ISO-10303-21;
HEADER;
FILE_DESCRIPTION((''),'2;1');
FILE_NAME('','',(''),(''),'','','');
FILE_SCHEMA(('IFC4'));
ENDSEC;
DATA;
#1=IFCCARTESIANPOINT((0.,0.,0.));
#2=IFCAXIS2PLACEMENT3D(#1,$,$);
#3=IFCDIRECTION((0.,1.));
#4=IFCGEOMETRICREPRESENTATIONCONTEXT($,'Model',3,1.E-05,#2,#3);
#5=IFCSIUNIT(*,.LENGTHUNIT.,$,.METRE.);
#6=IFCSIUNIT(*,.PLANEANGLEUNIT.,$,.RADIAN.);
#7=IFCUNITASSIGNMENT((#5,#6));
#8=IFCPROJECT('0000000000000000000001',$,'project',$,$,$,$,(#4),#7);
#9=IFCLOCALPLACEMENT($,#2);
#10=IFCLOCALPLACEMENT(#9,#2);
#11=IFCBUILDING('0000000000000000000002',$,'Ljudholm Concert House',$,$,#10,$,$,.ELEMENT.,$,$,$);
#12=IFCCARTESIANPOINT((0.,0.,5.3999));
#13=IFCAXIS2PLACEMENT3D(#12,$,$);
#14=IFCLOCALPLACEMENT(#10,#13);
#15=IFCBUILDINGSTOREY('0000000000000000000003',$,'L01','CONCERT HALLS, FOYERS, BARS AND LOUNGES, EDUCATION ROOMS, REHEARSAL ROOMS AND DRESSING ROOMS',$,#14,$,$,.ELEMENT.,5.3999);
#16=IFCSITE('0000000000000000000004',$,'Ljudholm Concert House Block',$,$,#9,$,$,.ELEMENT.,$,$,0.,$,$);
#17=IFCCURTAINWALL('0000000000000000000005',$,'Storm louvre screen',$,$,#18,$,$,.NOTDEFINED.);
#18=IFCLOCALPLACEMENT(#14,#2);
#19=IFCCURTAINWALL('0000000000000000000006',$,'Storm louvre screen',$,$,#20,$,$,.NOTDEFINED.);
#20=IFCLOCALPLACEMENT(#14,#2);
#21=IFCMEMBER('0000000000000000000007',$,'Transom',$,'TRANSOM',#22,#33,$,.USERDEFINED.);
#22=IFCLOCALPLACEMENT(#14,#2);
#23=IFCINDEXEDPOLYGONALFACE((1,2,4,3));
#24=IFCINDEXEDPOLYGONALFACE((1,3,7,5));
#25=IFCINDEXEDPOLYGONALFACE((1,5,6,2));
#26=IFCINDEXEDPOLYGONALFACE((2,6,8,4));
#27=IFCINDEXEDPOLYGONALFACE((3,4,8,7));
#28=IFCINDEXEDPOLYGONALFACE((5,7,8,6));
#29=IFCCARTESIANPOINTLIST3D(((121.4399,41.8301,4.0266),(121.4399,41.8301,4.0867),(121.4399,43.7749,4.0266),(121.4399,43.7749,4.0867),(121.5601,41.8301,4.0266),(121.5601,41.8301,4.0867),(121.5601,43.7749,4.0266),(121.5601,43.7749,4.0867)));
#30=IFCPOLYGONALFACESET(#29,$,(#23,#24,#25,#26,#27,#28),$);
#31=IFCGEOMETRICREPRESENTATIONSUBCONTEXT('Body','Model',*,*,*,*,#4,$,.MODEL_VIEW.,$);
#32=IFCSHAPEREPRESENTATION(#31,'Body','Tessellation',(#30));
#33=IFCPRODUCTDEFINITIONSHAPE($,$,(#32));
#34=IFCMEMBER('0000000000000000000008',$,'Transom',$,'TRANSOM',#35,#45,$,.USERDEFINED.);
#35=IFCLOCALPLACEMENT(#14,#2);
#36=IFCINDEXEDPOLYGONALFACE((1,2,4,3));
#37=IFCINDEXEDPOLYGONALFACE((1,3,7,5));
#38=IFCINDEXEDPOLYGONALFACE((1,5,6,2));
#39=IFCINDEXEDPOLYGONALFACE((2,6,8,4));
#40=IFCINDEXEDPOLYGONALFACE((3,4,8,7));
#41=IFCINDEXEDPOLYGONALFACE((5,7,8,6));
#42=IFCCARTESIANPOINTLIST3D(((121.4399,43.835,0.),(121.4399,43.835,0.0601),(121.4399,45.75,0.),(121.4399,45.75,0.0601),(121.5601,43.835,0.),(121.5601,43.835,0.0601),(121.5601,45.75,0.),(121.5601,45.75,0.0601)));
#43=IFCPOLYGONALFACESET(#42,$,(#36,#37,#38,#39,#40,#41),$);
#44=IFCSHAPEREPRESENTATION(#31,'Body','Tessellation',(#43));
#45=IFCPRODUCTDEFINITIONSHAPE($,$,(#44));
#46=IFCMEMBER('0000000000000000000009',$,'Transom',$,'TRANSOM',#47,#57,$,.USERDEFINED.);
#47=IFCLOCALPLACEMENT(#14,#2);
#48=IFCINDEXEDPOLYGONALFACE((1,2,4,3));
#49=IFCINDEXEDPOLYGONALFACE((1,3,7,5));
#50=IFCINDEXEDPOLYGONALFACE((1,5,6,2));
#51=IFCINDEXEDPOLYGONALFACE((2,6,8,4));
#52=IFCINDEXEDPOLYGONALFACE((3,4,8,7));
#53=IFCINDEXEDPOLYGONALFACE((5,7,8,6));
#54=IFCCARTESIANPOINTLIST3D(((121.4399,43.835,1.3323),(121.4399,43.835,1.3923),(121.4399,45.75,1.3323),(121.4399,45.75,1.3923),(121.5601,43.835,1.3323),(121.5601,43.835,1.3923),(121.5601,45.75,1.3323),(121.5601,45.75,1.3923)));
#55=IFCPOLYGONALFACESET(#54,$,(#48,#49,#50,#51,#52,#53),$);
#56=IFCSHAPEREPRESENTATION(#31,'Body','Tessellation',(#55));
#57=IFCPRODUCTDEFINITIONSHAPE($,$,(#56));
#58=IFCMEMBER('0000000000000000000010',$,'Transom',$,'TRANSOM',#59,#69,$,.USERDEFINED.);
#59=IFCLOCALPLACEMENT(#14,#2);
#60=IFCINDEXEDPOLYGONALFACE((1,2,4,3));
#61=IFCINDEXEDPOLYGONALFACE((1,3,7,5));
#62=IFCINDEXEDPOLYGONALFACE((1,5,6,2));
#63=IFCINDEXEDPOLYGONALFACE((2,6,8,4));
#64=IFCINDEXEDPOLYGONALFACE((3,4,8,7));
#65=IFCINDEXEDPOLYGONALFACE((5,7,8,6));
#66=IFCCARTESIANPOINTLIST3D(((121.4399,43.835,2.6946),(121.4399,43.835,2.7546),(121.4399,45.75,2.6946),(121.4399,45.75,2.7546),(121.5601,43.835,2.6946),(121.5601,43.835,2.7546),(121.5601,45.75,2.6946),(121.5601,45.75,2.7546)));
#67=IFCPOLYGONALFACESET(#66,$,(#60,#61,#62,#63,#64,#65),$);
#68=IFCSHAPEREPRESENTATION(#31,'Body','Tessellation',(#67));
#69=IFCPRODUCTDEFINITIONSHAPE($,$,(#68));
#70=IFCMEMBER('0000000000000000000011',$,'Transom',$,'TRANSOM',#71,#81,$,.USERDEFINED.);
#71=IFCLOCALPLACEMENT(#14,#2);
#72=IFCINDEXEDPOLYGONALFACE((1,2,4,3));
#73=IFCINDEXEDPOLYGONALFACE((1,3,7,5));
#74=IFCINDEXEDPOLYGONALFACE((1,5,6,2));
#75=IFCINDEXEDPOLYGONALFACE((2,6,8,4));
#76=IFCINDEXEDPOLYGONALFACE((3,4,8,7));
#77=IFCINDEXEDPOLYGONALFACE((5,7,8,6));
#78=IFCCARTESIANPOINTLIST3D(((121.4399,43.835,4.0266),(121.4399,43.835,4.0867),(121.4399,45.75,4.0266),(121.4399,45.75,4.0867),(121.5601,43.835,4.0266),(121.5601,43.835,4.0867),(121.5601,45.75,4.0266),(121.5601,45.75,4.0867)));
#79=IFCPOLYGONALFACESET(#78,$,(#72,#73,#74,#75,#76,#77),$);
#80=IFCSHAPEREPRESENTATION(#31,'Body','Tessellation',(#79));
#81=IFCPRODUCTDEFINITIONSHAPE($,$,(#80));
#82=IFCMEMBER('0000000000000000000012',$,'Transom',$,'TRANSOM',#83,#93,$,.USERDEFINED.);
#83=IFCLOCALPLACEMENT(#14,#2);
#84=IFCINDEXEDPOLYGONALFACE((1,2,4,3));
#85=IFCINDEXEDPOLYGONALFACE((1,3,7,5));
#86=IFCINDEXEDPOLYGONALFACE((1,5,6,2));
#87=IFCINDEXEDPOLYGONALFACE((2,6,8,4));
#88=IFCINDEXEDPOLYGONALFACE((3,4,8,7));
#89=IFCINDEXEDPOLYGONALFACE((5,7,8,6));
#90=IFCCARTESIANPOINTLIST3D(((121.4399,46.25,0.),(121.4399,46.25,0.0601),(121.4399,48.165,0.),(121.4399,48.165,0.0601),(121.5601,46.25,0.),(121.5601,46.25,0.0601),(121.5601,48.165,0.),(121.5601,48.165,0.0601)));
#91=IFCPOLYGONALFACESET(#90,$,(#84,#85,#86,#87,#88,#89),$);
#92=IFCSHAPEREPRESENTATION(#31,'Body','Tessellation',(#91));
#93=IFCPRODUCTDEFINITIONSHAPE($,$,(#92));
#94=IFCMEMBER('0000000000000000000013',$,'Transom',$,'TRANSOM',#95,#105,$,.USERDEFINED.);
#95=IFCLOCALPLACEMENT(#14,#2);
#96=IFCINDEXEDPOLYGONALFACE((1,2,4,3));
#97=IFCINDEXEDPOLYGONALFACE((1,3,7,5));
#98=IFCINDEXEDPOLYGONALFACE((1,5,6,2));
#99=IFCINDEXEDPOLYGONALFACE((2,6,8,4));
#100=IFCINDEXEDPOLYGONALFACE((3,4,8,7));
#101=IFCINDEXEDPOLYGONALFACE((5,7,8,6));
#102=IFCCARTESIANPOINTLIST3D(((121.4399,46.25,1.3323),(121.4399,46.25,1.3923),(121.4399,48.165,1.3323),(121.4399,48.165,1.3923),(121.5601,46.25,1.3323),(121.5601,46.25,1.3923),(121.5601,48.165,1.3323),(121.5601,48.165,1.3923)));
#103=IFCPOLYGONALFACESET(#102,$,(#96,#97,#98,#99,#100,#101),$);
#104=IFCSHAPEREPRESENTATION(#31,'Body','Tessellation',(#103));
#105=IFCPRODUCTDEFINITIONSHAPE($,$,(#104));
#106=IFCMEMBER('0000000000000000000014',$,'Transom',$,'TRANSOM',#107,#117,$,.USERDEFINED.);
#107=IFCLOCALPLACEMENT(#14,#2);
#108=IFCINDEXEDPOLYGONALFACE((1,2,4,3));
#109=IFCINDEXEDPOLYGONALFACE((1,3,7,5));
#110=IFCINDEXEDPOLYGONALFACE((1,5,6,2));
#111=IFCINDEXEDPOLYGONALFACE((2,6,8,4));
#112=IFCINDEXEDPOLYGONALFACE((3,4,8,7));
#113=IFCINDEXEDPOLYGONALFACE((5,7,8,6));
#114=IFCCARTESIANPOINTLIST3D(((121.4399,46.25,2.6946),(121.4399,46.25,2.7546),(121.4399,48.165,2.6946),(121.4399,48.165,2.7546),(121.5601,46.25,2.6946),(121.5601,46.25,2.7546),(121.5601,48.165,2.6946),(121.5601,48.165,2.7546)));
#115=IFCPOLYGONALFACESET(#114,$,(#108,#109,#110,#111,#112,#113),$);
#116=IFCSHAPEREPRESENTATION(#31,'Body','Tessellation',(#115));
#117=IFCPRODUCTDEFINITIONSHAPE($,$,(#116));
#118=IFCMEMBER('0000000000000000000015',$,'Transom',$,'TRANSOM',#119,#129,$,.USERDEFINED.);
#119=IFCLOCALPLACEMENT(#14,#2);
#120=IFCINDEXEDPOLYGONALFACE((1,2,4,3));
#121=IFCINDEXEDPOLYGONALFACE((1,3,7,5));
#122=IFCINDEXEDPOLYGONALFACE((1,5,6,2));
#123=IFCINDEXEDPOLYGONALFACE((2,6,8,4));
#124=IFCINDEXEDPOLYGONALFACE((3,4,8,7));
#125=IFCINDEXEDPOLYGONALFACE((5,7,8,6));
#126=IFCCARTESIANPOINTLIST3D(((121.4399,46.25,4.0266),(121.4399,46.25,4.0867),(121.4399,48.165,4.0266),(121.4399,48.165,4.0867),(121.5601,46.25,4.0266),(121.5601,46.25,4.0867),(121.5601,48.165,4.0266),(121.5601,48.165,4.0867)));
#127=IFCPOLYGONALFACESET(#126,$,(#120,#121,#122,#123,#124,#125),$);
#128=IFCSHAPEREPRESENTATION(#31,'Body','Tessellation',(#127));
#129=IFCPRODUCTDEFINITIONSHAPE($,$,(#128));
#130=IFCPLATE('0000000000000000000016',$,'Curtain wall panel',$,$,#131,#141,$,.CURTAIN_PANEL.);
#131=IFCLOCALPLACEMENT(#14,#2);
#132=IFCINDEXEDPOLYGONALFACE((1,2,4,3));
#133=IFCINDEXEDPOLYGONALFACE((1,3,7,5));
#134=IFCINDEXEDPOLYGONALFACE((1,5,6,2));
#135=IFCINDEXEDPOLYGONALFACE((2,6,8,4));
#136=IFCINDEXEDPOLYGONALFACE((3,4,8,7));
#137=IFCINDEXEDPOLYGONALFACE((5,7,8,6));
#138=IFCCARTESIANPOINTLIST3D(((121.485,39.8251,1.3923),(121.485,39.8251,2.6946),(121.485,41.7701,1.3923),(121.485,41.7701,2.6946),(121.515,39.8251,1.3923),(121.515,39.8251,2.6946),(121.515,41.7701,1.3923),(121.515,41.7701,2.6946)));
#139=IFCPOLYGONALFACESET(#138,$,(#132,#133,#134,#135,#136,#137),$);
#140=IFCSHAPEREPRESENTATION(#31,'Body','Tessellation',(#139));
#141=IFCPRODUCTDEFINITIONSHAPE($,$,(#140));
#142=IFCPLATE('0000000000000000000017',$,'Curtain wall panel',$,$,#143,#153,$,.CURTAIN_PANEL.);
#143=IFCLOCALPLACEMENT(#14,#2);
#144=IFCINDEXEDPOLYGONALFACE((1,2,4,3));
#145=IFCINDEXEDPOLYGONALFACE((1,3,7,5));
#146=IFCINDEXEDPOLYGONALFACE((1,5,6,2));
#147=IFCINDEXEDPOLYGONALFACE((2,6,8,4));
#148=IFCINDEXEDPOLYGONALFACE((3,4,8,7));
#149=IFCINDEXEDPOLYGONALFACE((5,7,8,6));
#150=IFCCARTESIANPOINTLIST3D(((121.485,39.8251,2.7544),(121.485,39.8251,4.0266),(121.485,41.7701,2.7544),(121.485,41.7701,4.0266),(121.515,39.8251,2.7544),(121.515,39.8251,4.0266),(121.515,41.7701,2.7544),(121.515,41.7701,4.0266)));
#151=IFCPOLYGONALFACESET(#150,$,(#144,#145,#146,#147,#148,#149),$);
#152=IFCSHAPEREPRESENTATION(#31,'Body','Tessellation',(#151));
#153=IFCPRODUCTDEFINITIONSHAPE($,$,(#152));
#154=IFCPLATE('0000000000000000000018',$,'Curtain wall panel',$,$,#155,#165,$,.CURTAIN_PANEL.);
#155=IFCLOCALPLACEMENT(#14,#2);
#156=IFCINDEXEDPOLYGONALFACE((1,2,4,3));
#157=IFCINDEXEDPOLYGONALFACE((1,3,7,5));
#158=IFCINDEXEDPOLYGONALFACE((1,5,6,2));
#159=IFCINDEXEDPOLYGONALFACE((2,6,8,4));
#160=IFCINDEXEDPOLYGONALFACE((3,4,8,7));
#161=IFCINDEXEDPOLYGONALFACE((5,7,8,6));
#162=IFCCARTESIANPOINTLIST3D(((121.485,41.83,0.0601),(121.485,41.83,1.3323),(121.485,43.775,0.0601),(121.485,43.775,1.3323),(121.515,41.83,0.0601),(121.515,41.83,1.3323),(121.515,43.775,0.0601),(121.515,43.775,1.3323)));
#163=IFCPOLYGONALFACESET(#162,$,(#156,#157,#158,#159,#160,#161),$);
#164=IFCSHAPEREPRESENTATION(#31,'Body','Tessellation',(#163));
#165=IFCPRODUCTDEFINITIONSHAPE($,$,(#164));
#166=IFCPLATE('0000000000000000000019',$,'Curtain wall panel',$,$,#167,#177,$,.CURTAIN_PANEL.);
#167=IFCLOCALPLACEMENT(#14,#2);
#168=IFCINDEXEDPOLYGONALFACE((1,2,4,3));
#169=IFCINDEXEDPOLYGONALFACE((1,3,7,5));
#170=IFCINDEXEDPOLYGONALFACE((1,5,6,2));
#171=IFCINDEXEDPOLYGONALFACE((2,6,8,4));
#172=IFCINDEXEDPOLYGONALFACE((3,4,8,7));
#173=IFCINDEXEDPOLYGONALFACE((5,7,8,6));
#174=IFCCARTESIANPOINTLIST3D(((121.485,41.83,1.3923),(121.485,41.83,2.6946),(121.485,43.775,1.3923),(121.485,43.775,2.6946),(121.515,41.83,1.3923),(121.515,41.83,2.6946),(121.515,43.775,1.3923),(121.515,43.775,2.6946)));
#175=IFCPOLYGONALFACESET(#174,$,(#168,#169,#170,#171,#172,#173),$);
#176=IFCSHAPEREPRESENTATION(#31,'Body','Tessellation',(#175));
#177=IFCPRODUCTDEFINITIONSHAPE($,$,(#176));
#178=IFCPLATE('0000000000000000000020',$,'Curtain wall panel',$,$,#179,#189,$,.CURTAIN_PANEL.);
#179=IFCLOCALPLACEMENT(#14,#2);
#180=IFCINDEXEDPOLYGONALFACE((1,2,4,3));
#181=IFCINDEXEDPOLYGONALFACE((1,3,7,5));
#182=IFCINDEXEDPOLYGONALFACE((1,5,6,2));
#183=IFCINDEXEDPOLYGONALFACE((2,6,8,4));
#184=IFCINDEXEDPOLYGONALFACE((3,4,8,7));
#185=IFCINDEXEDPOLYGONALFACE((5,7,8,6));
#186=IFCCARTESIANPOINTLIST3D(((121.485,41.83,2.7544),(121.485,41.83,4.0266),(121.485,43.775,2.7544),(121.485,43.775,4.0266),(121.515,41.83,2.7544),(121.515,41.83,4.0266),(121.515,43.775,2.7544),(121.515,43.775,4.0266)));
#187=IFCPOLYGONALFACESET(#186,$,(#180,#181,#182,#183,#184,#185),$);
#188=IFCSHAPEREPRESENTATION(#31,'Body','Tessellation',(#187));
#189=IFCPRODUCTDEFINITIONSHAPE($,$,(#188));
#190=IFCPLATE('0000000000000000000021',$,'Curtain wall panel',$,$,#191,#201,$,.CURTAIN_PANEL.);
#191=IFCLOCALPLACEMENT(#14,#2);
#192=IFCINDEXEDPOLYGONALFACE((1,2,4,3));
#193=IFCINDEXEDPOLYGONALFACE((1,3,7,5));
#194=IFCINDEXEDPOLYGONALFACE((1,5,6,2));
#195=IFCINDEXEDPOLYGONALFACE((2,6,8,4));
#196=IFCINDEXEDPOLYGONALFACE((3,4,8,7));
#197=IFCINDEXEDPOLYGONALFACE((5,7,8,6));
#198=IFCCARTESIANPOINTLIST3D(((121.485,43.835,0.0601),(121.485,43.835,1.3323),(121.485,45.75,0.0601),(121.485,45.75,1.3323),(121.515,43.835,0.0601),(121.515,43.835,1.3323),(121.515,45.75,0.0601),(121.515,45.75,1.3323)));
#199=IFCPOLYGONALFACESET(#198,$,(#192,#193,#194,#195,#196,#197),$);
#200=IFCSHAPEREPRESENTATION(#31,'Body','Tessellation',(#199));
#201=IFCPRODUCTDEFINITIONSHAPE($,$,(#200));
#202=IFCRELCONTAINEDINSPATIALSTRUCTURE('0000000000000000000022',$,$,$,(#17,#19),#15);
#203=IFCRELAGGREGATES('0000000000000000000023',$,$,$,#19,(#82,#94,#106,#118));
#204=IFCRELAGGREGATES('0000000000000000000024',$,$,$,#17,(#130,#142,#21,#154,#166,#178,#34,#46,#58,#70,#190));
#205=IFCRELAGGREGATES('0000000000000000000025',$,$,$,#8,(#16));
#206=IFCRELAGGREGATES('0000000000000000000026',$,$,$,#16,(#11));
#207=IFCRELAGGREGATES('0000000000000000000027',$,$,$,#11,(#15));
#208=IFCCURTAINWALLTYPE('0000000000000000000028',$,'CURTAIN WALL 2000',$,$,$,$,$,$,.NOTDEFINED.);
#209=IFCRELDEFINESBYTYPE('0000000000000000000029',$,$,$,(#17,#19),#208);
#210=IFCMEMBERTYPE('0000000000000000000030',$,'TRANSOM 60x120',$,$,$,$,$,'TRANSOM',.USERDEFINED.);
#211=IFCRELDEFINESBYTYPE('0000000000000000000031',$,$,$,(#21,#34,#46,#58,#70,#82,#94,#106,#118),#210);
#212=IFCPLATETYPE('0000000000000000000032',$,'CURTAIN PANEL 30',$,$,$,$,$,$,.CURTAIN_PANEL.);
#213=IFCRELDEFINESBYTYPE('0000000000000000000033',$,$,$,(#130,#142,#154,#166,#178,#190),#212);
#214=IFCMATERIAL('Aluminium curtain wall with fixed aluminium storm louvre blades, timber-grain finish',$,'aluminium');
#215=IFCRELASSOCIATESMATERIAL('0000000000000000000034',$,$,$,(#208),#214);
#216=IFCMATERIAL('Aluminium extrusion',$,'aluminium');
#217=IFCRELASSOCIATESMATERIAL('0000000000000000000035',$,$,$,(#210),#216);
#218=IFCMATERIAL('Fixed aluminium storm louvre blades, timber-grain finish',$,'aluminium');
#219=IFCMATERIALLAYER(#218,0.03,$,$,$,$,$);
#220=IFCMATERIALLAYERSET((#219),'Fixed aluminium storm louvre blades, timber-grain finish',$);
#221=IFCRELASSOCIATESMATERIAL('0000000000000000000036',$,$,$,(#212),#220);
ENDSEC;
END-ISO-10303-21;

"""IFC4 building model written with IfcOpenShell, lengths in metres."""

from ifc_helpers import new_model, si_unit, direction, frame, origin, origin_2d, place, context, subcontext, project, spatial, rectangle, extrude, material, layer, layer_set, material_profile, profile_set, type_object, element, aggregate, save


model = new_model("IFC4")

# Units and contexts
model_context = context("Model", 3, precision=1e-05, world=origin(), true_north=direction((0.0, 1.0)))
body_context = subcontext(model_context, "Body", "Model", "MODEL_VIEW")
ifc_project = project(units=[si_unit("LENGTHUNIT", "METRE"), si_unit("PLANEANGLEUNIT", "RADIAN")], contexts=[model_context])

# Site, building, storey
site_placement = place(None, origin())
site = spatial("IfcSite", under=ifc_project, at=site_placement, Name="Ljudholm Concert House Block", CompositionType="ELEMENT", RefElevation=0.0)
building_placement = place(site_placement, origin())
building = spatial("IfcBuilding", under=site, at=building_placement, Name="Ljudholm Concert House", CompositionType="ELEMENT")
storey_placement = place(building_placement, frame((0.0, 0.0, 5.3999)))
storey = spatial("IfcBuildingStorey", under=building, at=storey_placement, Name="L01", Description="CONCERT HALLS, FOYERS, BARS AND LOUNGES, EDUCATION ROOMS, REHEARSAL ROOMS AND DRESSING ROOMS", CompositionType="ELEMENT", Elevation=5.3999)

# Curtain wall
ifc_material_1 = material(Name="Aluminium curtain wall with fixed aluminium storm louvre blades, timber-grain finish", Category="aluminium")
curtain_wall_type = type_object("IfcCurtainWallType", Name="CURTAIN WALL 2000", PredefinedType="NOTDEFINED", material=ifc_material_1)
curtain_wall_1_placement = place(storey_placement, origin())
curtain_wall_1 = element("IfcCurtainWall", 1, at=curtain_wall_1_placement, inside=storey, type_object=curtain_wall_type, Name="Storm louvre screen", PredefinedType="NOTDEFINED")

# Curtain wall
curtain_wall_2_placement = place(storey_placement, origin())
curtain_wall_2 = element("IfcCurtainWall", 2, at=curtain_wall_2_placement, inside=storey, type_object=curtain_wall_type, Name="Storm louvre screen", PredefinedType="NOTDEFINED")

# Members
ifc_material_2 = material(Name="Aluminium extrusion", Category="aluminium")
ifc_material_profile_1 = material_profile(ifc_material_2, rectangle(XDim=0.1201, YDim=0.0601, at=origin_2d()), Name="TRANSOM 60x120")
ifc_profile_set_1 = profile_set([ifc_material_profile_1], Name="Aluminium extrusion")
member_type_1 = type_object("IfcMemberType", Name="TRANSOM 60x120", ElementType="TRANSOM", PredefinedType="USERDEFINED", material=ifc_profile_set_1)
member_1_placement = place(storey_placement, frame((121.5, 41.8301, 4.0566), z_axis=(0.0, 1.0, 0.0), x_axis=(-1.0, 0.0, 0.0)))
member_1 = element("IfcMember", 3, at=member_1_placement, type_object=member_type_1, Name="Transom", ObjectType="TRANSOM", PredefinedType="USERDEFINED", context=body_context, shape_type="SweptSolid", body=[
    extrude(rectangle(XDim=0.1201, YDim=0.0601, at=origin_2d()), origin(), (0.0, 0.0, 1.0), 1.9448),
])
member_2_placement = place(storey_placement, frame((121.5, 43.835, 0.03), z_axis=(0.0, 1.0, 0.0), x_axis=(-1.0, 0.0, 0.0)))
member_2 = element("IfcMember", 4, at=member_2_placement, type_object=member_type_1, Name="Transom", ObjectType="TRANSOM", PredefinedType="USERDEFINED", context=body_context, shape_type="SweptSolid", body=[
    extrude(rectangle(XDim=0.1201, YDim=0.0601, at=origin_2d()), origin(), (0.0, 0.0, 1.0), 1.915),
])
member_3_placement = place(storey_placement, frame((121.5, 43.835, 1.3623), z_axis=(0.0, 1.0, 0.0), x_axis=(-1.0, 0.0, 0.0)))
member_3 = element("IfcMember", 5, at=member_3_placement, type_object=member_type_1, Name="Transom", ObjectType="TRANSOM", PredefinedType="USERDEFINED", context=body_context, shape_type="SweptSolid", body=[
    extrude(rectangle(XDim=0.1201, YDim=0.0601, at=origin_2d()), origin(), (0.0, 0.0, 1.0), 1.915),
])
member_4_placement = place(storey_placement, frame((121.5, 43.835, 2.7246), z_axis=(0.0, 1.0, 0.0), x_axis=(-1.0, 0.0, 0.0)))
member_4 = element("IfcMember", 6, at=member_4_placement, type_object=member_type_1, Name="Transom", ObjectType="TRANSOM", PredefinedType="USERDEFINED", context=body_context, shape_type="SweptSolid", body=[
    extrude(rectangle(XDim=0.1201, YDim=0.0601, at=origin_2d()), origin(), (0.0, 0.0, 1.0), 1.915),
])
member_5_placement = place(storey_placement, frame((121.5, 43.835, 4.0566), z_axis=(0.0, 1.0, 0.0), x_axis=(-1.0, 0.0, 0.0)))
member_5 = element("IfcMember", 7, at=member_5_placement, type_object=member_type_1, Name="Transom", ObjectType="TRANSOM", PredefinedType="USERDEFINED", context=body_context, shape_type="SweptSolid", body=[
    extrude(rectangle(XDim=0.1201, YDim=0.0601, at=origin_2d()), origin(), (0.0, 0.0, 1.0), 1.915),
])
member_6_placement = place(storey_placement, frame((121.5, 46.25, 0.03), z_axis=(0.0, 1.0, 0.0), x_axis=(-1.0, 0.0, 0.0)))
member_6 = element("IfcMember", 8, at=member_6_placement, type_object=member_type_1, Name="Transom", ObjectType="TRANSOM", PredefinedType="USERDEFINED", context=body_context, shape_type="SweptSolid", body=[
    extrude(rectangle(XDim=0.1201, YDim=0.0601, at=origin_2d()), origin(), (0.0, 0.0, 1.0), 1.915),
])
member_7_placement = place(storey_placement, frame((121.5, 46.25, 1.3623), z_axis=(0.0, 1.0, 0.0), x_axis=(-1.0, 0.0, 0.0)))
member_7 = element("IfcMember", 9, at=member_7_placement, type_object=member_type_1, Name="Transom", ObjectType="TRANSOM", PredefinedType="USERDEFINED", context=body_context, shape_type="SweptSolid", body=[
    extrude(rectangle(XDim=0.1201, YDim=0.0601, at=origin_2d()), origin(), (0.0, 0.0, 1.0), 1.915),
])
member_8_placement = place(storey_placement, frame((121.5, 46.25, 2.7246), z_axis=(0.0, 1.0, 0.0), x_axis=(-1.0, 0.0, 0.0)))
member_8 = element("IfcMember", 10, at=member_8_placement, type_object=member_type_1, Name="Transom", ObjectType="TRANSOM", PredefinedType="USERDEFINED", context=body_context, shape_type="SweptSolid", body=[
    extrude(rectangle(XDim=0.1201, YDim=0.0601, at=origin_2d()), origin(), (0.0, 0.0, 1.0), 1.915),
])
member_9_placement = place(storey_placement, frame((121.5, 46.25, 4.0566), z_axis=(0.0, 1.0, 0.0), x_axis=(-1.0, 0.0, 0.0)))
member_9 = element("IfcMember", 11, at=member_9_placement, type_object=member_type_1, Name="Transom", ObjectType="TRANSOM", PredefinedType="USERDEFINED", context=body_context, shape_type="SweptSolid", body=[
    extrude(rectangle(XDim=0.1201, YDim=0.0601, at=origin_2d()), origin(), (0.0, 0.0, 1.0), 1.915),
])
aggregate(curtain_wall_2, [member_6, member_7, member_8, member_9])

# Plates
ifc_material_3 = material(Name="Fixed aluminium storm louvre blades, timber-grain finish", Category="aluminium")
ifc_layer_1 = layer(ifc_material_3, 0.03)
ifc_layer_set_1 = layer_set([ifc_layer_1], Name="Fixed aluminium storm louvre blades, timber-grain finish")
plate_type = type_object("IfcPlateType", Name="CURTAIN PANEL 30", PredefinedType="CURTAIN_PANEL", material=ifc_layer_set_1)
plate_1_placement = place(storey_placement, frame((121.5, 40.7976, 1.3923), z_axis=(0.0, 0.0, 1.0), x_axis=(0.0, 1.0, 0.0)))
plate_1 = element("IfcPlate", 12, at=plate_1_placement, type_object=plate_type, Name="Curtain wall panel", PredefinedType="CURTAIN_PANEL", context=body_context, shape_type="SweptSolid", body=[
    extrude(rectangle(XDim=1.9451, YDim=0.03, at=origin_2d()), origin(), (0.0, 0.0, 1.0), 1.3022),
])
plate_2_placement = place(storey_placement, frame((121.5, 40.7976, 2.7544), z_axis=(0.0, 0.0, 1.0), x_axis=(0.0, 1.0, 0.0)))
plate_2 = element("IfcPlate", 13, at=plate_2_placement, type_object=plate_type, Name="Curtain wall panel", PredefinedType="CURTAIN_PANEL", context=body_context, shape_type="SweptSolid", body=[
    extrude(rectangle(XDim=1.9451, YDim=0.03, at=origin_2d()), origin(), (0.0, 0.0, 1.0), 1.2722),
])
plate_3_placement = place(storey_placement, frame((121.5, 42.8025, 0.0601), z_axis=(0.0, 0.0, 1.0), x_axis=(0.0, 1.0, 0.0)))
plate_3 = element("IfcPlate", 14, at=plate_3_placement, type_object=plate_type, Name="Curtain wall panel", PredefinedType="CURTAIN_PANEL", context=body_context, shape_type="SweptSolid", body=[
    extrude(rectangle(XDim=1.9451, YDim=0.03, at=origin_2d()), origin(), (0.0, 0.0, 1.0), 1.2722),
])
plate_4_placement = place(storey_placement, frame((121.5, 42.8025, 1.3923), z_axis=(0.0, 0.0, 1.0), x_axis=(0.0, 1.0, 0.0)))
plate_4 = element("IfcPlate", 15, at=plate_4_placement, type_object=plate_type, Name="Curtain wall panel", PredefinedType="CURTAIN_PANEL", context=body_context, shape_type="SweptSolid", body=[
    extrude(rectangle(XDim=1.9451, YDim=0.03, at=origin_2d()), origin(), (0.0, 0.0, 1.0), 1.3022),
])
plate_5_placement = place(storey_placement, frame((121.5, 42.8025, 2.7544), z_axis=(0.0, 0.0, 1.0), x_axis=(0.0, 1.0, 0.0)))
plate_5 = element("IfcPlate", 16, at=plate_5_placement, type_object=plate_type, Name="Curtain wall panel", PredefinedType="CURTAIN_PANEL", context=body_context, shape_type="SweptSolid", body=[
    extrude(rectangle(XDim=1.9451, YDim=0.03, at=origin_2d()), origin(), (0.0, 0.0, 1.0), 1.2722),
])
plate_6_placement = place(storey_placement, frame((121.5, 44.7925, 0.0601), z_axis=(0.0, 0.0, 1.0), x_axis=(0.0, 1.0, 0.0)))
plate_6 = element("IfcPlate", 17, at=plate_6_placement, type_object=plate_type, Name="Curtain wall panel", PredefinedType="CURTAIN_PANEL", context=body_context, shape_type="SweptSolid", body=[
    extrude(rectangle(XDim=1.915, YDim=0.03, at=origin_2d()), origin(), (0.0, 0.0, 1.0), 1.2722),
])
aggregate(curtain_wall_1, [plate_1, plate_2, member_1, plate_3, plate_4, plate_5, member_2, member_3, member_4, member_5, plate_6])

save(model, "model.ifc")
